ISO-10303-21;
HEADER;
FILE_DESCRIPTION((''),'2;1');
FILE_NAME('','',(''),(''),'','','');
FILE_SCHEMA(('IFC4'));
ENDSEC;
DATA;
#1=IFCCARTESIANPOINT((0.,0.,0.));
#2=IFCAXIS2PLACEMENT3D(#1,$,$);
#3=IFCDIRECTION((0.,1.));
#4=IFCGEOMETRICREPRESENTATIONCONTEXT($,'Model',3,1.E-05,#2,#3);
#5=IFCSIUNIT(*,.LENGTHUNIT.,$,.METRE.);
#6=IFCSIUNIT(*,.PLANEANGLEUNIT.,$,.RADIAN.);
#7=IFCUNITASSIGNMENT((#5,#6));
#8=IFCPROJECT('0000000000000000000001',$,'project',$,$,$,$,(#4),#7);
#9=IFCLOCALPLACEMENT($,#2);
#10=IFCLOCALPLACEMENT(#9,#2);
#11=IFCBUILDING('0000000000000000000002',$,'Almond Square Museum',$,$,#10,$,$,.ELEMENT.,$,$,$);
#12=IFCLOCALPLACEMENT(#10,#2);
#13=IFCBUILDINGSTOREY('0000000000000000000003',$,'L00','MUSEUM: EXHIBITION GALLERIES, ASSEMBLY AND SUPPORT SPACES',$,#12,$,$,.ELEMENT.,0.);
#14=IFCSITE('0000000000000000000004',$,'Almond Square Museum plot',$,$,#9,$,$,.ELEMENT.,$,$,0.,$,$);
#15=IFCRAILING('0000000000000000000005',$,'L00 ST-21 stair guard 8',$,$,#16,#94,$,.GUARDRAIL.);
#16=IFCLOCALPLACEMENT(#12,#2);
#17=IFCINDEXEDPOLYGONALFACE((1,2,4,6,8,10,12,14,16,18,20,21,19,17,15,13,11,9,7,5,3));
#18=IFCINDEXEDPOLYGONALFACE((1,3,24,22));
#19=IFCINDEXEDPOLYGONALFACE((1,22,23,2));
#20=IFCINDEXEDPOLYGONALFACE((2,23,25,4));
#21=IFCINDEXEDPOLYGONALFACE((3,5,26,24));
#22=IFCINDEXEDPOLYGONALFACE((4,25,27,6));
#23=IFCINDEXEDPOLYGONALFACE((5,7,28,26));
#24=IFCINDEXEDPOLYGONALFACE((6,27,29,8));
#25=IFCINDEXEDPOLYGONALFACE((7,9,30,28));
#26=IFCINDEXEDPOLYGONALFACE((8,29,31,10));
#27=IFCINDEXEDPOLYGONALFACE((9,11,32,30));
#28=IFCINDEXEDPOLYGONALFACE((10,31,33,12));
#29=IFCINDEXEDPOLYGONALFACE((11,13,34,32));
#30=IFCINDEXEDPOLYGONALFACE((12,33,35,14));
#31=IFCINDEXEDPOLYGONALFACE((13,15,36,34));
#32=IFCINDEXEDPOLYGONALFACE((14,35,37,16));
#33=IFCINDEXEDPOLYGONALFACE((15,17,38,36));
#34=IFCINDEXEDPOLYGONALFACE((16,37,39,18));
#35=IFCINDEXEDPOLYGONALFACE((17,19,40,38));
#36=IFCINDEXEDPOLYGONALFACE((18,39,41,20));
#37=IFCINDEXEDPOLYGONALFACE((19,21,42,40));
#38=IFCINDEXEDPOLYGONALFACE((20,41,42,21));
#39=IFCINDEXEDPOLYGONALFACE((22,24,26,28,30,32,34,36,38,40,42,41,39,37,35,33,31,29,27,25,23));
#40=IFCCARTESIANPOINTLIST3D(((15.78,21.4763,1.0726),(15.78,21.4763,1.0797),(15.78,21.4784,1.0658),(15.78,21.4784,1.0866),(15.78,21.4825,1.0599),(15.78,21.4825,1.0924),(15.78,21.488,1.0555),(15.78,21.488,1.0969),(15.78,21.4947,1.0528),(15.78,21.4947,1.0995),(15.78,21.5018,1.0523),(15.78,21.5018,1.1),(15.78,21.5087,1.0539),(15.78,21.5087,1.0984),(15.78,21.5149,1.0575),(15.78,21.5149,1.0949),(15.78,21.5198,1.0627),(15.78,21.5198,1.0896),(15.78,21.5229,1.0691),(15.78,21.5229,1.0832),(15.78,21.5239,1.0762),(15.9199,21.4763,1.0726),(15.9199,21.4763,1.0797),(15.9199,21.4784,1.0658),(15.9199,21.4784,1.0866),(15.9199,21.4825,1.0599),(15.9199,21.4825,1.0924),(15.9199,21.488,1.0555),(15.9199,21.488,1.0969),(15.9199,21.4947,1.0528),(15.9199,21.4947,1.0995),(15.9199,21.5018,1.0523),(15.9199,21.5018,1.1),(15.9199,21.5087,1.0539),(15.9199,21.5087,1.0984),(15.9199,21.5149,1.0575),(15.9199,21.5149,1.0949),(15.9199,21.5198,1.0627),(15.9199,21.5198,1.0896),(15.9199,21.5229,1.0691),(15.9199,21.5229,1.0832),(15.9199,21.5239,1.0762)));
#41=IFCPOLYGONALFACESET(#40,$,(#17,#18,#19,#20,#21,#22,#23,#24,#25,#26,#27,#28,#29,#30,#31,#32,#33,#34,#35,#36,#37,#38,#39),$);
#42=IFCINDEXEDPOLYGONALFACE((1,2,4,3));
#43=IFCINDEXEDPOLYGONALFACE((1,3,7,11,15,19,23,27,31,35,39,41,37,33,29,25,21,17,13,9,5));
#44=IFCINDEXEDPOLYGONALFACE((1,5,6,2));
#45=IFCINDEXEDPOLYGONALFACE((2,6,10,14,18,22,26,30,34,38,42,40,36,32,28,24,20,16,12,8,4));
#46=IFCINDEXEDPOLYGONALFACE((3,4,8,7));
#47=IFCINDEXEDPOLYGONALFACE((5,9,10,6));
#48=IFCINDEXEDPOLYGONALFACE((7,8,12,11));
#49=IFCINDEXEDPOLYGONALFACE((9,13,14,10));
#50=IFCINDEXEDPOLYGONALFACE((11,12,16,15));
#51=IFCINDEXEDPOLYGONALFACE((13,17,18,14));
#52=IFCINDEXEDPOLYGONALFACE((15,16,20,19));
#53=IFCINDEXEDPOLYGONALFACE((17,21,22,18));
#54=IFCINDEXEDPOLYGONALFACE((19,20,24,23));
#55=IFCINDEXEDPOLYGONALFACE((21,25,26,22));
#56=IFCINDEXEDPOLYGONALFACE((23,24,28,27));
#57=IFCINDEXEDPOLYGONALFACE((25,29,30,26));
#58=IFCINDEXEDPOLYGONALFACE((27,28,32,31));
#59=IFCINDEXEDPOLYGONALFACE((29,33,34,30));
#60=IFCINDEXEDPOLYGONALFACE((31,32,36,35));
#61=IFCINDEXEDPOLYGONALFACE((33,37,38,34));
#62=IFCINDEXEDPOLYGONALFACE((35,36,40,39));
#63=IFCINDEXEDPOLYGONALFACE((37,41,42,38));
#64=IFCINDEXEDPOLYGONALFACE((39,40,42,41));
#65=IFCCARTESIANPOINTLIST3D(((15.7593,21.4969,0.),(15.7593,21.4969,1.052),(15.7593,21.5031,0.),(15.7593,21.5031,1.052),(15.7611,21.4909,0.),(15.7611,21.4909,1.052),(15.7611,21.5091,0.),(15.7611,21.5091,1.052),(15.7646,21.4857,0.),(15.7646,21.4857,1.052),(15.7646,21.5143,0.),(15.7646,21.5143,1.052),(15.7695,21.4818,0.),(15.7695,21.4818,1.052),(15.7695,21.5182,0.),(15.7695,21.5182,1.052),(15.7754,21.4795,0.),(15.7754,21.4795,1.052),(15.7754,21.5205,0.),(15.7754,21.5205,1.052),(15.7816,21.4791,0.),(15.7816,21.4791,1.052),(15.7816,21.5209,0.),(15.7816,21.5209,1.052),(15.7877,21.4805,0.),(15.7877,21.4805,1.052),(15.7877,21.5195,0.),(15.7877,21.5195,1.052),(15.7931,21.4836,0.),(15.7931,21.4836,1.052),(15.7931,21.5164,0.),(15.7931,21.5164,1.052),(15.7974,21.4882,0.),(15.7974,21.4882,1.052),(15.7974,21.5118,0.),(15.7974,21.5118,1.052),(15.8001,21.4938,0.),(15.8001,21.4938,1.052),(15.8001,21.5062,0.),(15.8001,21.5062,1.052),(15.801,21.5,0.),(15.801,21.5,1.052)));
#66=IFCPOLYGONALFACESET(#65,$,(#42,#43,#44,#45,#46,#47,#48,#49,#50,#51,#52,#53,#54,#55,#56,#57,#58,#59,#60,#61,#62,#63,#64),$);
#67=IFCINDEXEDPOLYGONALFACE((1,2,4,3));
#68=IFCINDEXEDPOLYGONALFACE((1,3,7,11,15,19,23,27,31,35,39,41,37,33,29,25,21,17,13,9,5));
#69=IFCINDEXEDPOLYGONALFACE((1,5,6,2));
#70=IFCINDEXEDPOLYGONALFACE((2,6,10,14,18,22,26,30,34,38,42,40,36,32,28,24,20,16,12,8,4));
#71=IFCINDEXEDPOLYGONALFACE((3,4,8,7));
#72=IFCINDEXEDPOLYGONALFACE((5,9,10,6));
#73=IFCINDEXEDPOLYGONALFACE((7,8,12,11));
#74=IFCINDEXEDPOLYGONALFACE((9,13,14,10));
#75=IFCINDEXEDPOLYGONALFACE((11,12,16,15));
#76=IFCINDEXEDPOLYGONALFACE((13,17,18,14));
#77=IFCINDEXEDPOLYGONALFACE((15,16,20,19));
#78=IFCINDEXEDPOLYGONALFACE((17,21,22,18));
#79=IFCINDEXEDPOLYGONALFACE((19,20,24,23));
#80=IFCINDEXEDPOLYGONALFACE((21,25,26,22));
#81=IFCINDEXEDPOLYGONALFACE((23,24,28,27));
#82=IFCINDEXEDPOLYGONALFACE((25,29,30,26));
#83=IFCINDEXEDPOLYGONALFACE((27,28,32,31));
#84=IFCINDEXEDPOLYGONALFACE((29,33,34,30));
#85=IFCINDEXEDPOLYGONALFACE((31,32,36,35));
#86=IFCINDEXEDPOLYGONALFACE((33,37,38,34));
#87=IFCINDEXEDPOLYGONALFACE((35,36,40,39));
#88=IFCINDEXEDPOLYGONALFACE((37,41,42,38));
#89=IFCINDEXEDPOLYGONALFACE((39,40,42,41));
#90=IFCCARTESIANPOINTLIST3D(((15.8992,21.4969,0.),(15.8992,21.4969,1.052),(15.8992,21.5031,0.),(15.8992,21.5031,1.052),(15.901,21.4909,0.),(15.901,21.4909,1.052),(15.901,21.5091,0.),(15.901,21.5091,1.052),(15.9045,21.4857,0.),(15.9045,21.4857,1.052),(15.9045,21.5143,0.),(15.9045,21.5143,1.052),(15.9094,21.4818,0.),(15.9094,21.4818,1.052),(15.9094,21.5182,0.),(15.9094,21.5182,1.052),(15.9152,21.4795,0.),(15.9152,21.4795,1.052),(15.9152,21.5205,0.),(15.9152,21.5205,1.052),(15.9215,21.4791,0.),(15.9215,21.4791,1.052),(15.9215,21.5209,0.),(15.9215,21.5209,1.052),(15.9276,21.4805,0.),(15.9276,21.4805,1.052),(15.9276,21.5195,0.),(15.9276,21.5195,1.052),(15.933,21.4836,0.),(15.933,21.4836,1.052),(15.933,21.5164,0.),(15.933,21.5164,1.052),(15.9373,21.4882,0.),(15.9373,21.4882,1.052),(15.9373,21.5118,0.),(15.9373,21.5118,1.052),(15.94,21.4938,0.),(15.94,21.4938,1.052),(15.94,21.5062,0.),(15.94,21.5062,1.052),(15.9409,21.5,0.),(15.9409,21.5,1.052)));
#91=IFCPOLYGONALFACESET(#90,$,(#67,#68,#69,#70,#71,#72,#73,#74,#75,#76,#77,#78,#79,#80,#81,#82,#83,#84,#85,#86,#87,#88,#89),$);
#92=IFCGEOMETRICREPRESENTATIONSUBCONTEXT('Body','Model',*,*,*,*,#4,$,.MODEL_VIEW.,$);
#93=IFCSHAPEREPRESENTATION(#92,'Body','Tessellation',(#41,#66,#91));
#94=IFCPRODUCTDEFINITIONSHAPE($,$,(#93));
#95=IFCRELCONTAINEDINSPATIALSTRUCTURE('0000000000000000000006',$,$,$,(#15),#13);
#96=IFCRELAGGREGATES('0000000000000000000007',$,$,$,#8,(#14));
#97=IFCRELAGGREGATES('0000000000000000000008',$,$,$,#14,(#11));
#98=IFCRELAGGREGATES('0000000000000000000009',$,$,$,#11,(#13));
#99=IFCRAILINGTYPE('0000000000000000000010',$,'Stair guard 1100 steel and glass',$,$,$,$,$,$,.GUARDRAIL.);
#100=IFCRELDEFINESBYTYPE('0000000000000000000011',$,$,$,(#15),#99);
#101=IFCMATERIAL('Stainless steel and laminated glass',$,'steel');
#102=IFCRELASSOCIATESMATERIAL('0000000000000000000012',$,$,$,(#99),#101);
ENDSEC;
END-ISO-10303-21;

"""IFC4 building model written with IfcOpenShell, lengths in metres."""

from ifc_helpers import new_model, si_unit, direction, frame, origin, origin_2d, place, context, subcontext, project, spatial, circle, extrude, material, type_object, element, save


model = new_model("IFC4")

# Units and contexts
model_context = context("Model", 3, precision=1e-05, world=origin(), true_north=direction((0.0, 1.0)))
body_context = subcontext(model_context, "Body", "Model", "MODEL_VIEW")
ifc_project = project(units=[si_unit("LENGTHUNIT", "METRE"), si_unit("PLANEANGLEUNIT", "RADIAN")], contexts=[model_context])

# Site, building, storey
site_placement = place(None, origin())
site = spatial("IfcSite", under=ifc_project, at=site_placement, Name="Almond Square Museum plot", CompositionType="ELEMENT", RefElevation=0.0)
building_placement = place(site_placement, origin())
building = spatial("IfcBuilding", under=site, at=building_placement, Name="Almond Square Museum", CompositionType="ELEMENT")
storey_placement = place(building_placement, origin())
storey = spatial("IfcBuildingStorey", under=building, at=storey_placement, Name="L00", Description="MUSEUM: EXHIBITION GALLERIES, ASSEMBLY AND SUPPORT SPACES", CompositionType="ELEMENT", Elevation=0.0)

# Railing
ifc_material_1 = material(Name="Stainless steel and laminated glass", Category="steel")
railing_type_1 = type_object("IfcRailingType", Name="Stair guard 1100 steel and glass", PredefinedType="GUARDRAIL", material=ifc_material_1)
railing_1_placement = place(storey_placement, frame((15.78, 21.5, 0.0)))
element("IfcRailing", 1, at=railing_1_placement, inside=storey, type_object=railing_type_1, Name="L00 ST-21 stair guard 8", PredefinedType="GUARDRAIL", context=body_context, shape_type="SweptSolid", body=[
    extrude(circle(Radius=0.0239, at=origin_2d()), frame((0.0, 0.0, 1.0762), z_axis=(1.0, 0.0, 0.0), x_axis=(0.0, 1.0, 0.0)), (0.0, 0.0, 1.0), 0.1399),
    extrude(circle(Radius=0.021, at=origin_2d()), origin(), (0.0, 0.0, 1.0), 1.052),
    extrude(circle(Radius=0.021, at=origin_2d()), frame((0.1399, 0.0, 0.0)), (0.0, 0.0, 1.0), 1.052),
])

save(model, "model.ifc")
